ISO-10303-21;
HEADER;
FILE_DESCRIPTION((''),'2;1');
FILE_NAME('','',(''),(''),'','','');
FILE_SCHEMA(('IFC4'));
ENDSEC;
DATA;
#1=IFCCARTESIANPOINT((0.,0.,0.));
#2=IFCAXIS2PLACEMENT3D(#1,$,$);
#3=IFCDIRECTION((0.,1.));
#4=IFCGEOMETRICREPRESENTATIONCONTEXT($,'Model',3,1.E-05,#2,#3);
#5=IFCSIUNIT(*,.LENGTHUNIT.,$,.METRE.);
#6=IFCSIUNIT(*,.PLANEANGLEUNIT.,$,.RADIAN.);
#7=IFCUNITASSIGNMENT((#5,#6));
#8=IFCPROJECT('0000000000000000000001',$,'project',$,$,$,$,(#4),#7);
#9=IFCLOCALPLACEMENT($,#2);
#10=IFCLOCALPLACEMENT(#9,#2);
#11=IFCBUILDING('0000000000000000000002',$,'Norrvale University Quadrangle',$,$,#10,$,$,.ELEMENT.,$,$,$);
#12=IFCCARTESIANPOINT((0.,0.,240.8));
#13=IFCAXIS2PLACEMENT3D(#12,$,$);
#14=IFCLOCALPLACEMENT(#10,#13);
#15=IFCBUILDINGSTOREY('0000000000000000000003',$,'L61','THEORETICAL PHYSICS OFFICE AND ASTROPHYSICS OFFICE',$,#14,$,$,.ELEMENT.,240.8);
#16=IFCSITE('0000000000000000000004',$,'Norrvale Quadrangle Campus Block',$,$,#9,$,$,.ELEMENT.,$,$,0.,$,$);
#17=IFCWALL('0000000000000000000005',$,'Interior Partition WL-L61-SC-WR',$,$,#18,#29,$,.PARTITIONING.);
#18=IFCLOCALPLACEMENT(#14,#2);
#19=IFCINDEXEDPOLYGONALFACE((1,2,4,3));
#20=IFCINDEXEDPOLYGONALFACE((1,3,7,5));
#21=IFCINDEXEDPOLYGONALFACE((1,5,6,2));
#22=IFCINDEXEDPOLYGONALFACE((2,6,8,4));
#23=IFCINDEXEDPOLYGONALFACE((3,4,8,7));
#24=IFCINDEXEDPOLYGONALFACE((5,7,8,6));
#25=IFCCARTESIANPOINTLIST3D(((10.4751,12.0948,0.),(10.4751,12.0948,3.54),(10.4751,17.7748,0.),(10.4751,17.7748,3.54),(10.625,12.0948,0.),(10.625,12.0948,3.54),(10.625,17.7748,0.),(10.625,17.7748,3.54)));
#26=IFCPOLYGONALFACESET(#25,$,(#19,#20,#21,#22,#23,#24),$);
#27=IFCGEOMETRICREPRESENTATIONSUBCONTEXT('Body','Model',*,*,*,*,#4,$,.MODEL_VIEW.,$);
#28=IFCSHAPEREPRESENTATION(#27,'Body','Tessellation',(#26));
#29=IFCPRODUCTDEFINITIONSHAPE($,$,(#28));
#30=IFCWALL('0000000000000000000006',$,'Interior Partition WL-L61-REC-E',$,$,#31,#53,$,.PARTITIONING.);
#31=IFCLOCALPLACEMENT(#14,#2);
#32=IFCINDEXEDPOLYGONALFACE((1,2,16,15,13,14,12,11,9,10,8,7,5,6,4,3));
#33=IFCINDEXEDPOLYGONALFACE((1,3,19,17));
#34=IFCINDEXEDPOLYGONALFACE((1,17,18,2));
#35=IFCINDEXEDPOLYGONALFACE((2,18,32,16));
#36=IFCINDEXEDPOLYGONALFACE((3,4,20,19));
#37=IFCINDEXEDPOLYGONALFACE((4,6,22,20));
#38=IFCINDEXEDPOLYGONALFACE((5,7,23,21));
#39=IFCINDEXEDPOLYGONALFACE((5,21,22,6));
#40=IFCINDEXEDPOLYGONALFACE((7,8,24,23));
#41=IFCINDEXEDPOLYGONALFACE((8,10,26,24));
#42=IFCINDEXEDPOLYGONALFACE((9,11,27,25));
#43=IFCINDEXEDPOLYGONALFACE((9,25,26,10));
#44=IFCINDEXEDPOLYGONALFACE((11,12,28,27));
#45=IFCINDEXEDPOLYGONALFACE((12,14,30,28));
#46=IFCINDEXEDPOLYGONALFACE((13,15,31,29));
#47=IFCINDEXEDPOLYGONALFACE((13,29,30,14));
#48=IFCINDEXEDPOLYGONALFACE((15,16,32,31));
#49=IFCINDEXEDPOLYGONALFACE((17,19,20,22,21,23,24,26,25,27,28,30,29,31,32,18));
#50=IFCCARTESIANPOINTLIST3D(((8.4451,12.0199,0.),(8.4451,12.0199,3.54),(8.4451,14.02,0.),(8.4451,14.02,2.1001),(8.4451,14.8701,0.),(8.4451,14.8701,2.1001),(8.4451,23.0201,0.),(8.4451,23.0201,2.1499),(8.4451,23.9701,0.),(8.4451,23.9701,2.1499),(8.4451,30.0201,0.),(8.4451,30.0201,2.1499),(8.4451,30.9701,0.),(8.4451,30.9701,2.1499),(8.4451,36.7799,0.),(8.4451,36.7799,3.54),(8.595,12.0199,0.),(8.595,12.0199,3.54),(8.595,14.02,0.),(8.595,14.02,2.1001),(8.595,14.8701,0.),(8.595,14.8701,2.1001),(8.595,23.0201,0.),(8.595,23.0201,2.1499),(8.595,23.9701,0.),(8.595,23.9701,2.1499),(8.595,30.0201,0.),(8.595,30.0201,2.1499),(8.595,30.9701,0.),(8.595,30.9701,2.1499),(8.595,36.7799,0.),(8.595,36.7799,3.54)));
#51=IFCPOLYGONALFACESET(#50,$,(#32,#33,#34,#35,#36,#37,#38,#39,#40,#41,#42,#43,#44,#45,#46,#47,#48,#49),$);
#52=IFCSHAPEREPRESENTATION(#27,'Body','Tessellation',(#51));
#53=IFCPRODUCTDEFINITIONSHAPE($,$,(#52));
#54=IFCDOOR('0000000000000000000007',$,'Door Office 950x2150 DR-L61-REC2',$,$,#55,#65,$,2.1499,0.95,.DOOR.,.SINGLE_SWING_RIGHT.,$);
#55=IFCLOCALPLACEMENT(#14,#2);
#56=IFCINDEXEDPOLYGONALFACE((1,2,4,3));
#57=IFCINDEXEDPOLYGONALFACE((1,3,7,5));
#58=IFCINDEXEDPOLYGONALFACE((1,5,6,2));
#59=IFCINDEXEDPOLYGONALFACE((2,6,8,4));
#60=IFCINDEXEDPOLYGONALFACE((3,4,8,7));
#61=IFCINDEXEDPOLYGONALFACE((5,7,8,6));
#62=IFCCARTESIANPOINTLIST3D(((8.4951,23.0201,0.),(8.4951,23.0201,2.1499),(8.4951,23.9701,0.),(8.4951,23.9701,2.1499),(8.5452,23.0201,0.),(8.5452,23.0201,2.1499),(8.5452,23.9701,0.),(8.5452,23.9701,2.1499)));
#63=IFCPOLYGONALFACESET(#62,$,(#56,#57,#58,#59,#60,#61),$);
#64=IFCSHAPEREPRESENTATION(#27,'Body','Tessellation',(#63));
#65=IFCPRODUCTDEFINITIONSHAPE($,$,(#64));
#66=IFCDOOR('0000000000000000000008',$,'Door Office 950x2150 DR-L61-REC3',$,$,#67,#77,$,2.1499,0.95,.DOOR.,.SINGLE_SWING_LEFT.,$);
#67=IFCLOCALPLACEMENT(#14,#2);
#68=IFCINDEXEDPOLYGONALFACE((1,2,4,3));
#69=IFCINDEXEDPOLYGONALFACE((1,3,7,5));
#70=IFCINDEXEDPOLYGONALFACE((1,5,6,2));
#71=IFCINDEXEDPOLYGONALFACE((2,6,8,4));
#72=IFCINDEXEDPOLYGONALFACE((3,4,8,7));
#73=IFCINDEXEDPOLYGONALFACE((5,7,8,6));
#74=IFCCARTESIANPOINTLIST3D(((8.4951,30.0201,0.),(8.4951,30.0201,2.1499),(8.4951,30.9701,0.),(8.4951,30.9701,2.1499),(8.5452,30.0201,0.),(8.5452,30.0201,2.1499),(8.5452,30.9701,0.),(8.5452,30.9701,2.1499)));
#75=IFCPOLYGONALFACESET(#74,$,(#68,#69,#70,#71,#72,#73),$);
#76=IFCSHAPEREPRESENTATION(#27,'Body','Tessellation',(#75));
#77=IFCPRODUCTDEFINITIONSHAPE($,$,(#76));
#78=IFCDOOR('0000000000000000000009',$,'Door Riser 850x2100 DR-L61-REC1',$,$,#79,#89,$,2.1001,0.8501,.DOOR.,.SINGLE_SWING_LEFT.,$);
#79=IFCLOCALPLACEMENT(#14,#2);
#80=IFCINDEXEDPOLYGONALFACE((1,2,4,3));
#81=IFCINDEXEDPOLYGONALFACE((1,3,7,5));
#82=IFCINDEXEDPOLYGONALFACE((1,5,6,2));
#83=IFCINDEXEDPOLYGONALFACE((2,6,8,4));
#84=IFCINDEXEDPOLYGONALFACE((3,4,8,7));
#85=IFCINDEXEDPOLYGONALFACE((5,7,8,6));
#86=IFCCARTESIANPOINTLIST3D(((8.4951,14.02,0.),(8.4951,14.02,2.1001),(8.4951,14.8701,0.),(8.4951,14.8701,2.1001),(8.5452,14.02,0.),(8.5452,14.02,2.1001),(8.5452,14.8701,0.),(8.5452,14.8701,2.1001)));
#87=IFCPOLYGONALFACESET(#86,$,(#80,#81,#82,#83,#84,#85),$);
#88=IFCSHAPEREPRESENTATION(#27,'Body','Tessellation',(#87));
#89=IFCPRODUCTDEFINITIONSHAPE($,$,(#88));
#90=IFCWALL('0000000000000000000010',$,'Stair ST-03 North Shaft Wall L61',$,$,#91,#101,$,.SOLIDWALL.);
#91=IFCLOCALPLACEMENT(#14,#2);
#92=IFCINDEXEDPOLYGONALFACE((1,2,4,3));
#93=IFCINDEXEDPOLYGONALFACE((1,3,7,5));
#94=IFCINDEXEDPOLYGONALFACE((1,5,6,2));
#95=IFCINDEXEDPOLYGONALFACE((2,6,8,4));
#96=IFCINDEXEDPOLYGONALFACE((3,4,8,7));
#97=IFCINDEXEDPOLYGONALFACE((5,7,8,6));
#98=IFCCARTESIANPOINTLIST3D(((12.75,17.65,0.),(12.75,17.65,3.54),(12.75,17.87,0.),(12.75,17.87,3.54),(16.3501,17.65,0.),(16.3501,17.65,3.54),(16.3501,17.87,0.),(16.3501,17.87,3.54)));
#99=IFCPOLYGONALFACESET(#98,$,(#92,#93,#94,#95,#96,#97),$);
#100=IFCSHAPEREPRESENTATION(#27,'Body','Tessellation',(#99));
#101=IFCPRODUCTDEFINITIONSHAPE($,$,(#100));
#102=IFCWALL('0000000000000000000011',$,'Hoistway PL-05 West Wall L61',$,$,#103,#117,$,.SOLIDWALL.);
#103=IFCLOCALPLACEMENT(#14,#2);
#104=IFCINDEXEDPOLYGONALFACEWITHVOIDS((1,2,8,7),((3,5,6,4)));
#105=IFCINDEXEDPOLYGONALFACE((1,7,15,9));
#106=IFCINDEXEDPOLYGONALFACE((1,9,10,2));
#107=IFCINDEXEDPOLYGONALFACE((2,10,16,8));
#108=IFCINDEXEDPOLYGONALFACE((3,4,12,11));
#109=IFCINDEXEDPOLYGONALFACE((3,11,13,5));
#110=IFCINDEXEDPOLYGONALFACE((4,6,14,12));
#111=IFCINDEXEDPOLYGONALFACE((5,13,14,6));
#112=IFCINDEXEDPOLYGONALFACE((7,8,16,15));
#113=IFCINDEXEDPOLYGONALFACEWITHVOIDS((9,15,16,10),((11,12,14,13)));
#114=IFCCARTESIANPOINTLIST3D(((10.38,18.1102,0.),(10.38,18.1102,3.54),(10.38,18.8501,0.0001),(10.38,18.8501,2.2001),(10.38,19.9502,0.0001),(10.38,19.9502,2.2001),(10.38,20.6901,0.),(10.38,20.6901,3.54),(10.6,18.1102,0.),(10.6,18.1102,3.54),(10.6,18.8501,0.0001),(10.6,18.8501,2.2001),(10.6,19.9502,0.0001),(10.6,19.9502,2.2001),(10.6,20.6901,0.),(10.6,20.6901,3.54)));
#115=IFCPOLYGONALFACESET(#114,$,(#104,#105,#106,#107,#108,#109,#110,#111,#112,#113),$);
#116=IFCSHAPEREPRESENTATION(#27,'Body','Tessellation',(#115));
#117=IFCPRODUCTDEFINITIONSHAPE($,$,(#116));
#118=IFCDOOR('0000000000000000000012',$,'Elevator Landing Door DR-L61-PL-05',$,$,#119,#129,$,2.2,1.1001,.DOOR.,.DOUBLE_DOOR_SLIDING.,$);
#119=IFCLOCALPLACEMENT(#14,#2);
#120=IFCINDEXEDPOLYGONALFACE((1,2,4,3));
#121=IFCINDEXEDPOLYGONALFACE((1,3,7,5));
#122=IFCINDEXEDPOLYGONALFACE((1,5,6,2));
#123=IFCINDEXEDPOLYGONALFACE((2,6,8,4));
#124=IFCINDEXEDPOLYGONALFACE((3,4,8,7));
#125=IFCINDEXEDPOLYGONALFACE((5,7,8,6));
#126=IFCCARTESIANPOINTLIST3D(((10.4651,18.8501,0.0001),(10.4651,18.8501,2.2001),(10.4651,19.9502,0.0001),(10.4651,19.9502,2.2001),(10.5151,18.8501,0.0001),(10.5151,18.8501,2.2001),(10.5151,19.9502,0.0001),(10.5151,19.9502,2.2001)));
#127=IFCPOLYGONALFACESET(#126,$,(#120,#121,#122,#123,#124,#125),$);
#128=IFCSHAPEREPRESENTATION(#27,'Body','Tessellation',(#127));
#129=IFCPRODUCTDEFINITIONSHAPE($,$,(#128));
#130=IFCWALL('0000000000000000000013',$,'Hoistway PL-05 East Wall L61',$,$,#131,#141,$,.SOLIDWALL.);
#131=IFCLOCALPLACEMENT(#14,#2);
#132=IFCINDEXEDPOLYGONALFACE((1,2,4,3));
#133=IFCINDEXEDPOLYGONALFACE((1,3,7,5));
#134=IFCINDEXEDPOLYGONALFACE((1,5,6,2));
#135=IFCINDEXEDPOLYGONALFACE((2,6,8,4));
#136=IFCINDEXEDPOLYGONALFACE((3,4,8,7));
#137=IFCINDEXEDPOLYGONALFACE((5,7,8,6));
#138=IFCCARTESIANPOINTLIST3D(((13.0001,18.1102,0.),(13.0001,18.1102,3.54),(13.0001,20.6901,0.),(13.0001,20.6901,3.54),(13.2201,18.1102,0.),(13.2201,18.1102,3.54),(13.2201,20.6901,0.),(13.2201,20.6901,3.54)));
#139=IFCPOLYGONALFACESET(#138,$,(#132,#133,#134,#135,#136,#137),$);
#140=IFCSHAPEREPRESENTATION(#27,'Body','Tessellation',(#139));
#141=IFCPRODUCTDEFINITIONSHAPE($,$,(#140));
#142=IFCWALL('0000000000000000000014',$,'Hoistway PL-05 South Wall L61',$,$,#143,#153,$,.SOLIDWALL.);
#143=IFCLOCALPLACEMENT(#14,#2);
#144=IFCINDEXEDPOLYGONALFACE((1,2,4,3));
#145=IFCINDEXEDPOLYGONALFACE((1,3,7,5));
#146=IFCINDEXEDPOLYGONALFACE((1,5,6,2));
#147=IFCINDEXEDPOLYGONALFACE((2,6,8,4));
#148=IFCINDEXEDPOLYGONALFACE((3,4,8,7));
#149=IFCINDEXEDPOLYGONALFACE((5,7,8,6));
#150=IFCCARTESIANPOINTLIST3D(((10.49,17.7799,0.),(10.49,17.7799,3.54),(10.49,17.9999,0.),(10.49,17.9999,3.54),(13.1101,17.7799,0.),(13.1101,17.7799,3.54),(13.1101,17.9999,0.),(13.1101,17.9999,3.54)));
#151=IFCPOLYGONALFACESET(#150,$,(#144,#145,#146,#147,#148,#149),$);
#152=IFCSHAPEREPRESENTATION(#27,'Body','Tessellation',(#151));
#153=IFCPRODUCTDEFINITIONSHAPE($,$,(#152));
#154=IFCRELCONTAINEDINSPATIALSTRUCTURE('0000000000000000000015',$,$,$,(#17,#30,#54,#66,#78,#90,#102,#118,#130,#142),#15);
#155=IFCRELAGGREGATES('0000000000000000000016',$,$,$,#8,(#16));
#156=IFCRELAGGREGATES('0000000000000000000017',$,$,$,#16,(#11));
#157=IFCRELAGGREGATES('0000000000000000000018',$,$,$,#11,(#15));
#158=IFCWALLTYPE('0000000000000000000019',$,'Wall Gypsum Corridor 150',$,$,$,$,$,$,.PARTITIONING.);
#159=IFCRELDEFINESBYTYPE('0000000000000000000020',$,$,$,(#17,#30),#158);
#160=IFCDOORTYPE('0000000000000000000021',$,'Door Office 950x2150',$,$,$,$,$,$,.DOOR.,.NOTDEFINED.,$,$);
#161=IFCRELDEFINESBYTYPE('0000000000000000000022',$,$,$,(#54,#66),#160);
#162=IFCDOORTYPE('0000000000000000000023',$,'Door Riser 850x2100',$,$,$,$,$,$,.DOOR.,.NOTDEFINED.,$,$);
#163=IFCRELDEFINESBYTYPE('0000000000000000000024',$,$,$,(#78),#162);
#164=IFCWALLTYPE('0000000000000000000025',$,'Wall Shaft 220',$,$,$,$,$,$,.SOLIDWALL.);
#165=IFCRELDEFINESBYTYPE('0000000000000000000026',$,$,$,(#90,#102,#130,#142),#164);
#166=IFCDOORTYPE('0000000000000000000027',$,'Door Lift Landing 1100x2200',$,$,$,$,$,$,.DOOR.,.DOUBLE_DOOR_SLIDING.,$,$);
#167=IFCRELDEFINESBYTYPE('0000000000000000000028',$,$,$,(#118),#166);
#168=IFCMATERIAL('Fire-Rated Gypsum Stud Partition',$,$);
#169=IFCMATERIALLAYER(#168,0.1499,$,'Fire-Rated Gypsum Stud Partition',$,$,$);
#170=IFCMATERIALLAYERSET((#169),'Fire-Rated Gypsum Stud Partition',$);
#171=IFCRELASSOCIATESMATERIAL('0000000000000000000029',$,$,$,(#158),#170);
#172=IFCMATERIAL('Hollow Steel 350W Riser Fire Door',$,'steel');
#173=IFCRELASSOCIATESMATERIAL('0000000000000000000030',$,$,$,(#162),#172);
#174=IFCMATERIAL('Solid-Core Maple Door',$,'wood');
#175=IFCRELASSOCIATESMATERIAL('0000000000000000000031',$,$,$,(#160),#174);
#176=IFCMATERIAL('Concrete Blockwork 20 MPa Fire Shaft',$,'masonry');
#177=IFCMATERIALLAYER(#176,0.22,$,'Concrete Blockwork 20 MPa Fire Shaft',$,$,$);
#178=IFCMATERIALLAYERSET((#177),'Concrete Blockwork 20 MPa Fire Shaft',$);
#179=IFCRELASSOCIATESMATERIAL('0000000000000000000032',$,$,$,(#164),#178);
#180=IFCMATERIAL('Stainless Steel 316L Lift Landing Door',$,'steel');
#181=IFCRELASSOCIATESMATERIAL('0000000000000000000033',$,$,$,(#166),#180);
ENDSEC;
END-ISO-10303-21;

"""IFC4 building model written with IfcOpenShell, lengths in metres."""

from ifc_helpers import new_model, si_unit, direction, frame, frame_2d, origin, place, context, subcontext, project, spatial, rectangle, extrude, material, layer, layer_set, type_object, element, fill, save


model = new_model("IFC4")

# Units and contexts
model_context = context("Model", 3, precision=1e-05, world=origin(), true_north=direction((0.0, 1.0)))
body_context = subcontext(model_context, "Body", "Model", "MODEL_VIEW")
ifc_project = project(units=[si_unit("LENGTHUNIT", "METRE"), si_unit("PLANEANGLEUNIT", "RADIAN")], contexts=[model_context])

# Site, building, storey
site_placement = place(None, origin())
site = spatial("IfcSite", under=ifc_project, at=site_placement, Name="Norrvale Quadrangle Campus Block", CompositionType="ELEMENT", RefElevation=0.0)
building_placement = place(site_placement, origin())
building = spatial("IfcBuilding", under=site, at=building_placement, Name="Norrvale University Quadrangle", CompositionType="ELEMENT")
storey_placement = place(building_placement, frame((0.0, 0.0, 240.8)))
storey = spatial("IfcBuildingStorey", under=building, at=storey_placement, Name="L61", Description="THEORETICAL PHYSICS OFFICE AND ASTROPHYSICS OFFICE", CompositionType="ELEMENT", Elevation=240.8)

# Shared definitions
ifc_material_1 = material(Name="Fire-Rated Gypsum Stud Partition")
ifc_layer_1 = layer(ifc_material_1, 0.1499, Name="Fire-Rated Gypsum Stud Partition")
ifc_layer_set_1 = layer_set([ifc_layer_1], Name="Fire-Rated Gypsum Stud Partition")
wall_type_1 = type_object("IfcWallType", Name="Wall Gypsum Corridor 150", PredefinedType="PARTITIONING", material=ifc_layer_set_1)
ifc_material_2 = material(Name="Hollow Steel 350W Riser Fire Door", Category="steel")
door_type_1 = type_object("IfcDoorType", Name="Door Riser 850x2100", OperationType="NOTDEFINED", PredefinedType="DOOR", material=ifc_material_2)

# Wall
wall_1_placement = place(storey_placement, frame((10.55, 12.095, 0.0), z_axis=(0.0, 0.0, 1.0), x_axis=(0.0, 1.0, 0.0)))
element("IfcWall", 1, at=wall_1_placement, inside=storey, type_object=wall_type_1, Name="Interior Partition WL-L61-SC-WR", PredefinedType="PARTITIONING", context=body_context, shape_type="SweptSolid", body=[
    extrude(rectangle(XDim=5.6799, YDim=0.1499, at=frame_2d((2.8398, 0.0))), origin(), (0.0, 0.0, 1.0), 3.54),
])

# Wall, openings, doors
wall_2_placement = place(storey_placement, frame((8.52, 12.02, 0.0), z_axis=(0.0, 0.0, 1.0), x_axis=(0.0, 1.0, 0.0)))
wall_2 = element("IfcWall", 2, at=wall_2_placement, inside=storey, type_object=wall_type_1, Name="Interior Partition WL-L61-REC-E", PredefinedType="PARTITIONING", context=body_context, shape_type="SweptSolid", body=[
    extrude(rectangle(XDim=24.76, YDim=0.1499, at=frame_2d((12.3799, 0.0))), origin(), (0.0, 0.0, 1.0), 3.54),
])
opening_1_placement = place(wall_2_placement, frame((2.0, 0.0, 0.0)))
opening_1 = element("IfcOpeningElement", 3, at=opening_1_placement, cuts=wall_2, PredefinedType="OPENING", context=body_context, shape_type="SweptSolid", body=[
    extrude(rectangle(XDim=0.8501, YDim=2.1001, at=frame_2d((0.425, 1.05))), frame((0.0, 0.0869, 0.0), z_axis=(0.0, -1.0, 0.0), x_axis=(1.0, 0.0, 0.0)), (0.0, 0.0, 1.0), 0.1738),
])
opening_2_placement = place(wall_2_placement, frame((11.0, 0.0, 0.0)))
opening_2 = element("IfcOpeningElement", 4, at=opening_2_placement, cuts=wall_2, PredefinedType="OPENING", context=body_context, shape_type="SweptSolid", body=[
    extrude(rectangle(XDim=0.95, YDim=2.1499, at=frame_2d((0.4751, 1.075))), frame((0.0, 0.0869, 0.0), z_axis=(0.0, -1.0, 0.0), x_axis=(1.0, 0.0, 0.0)), (0.0, 0.0, 1.0), 0.1738),
])
opening_3_placement = place(wall_2_placement, frame((18.0, 0.0, 0.0)))
opening_3 = element("IfcOpeningElement", 5, at=opening_3_placement, cuts=wall_2, PredefinedType="OPENING", context=body_context, shape_type="SweptSolid", body=[
    extrude(rectangle(XDim=0.95, YDim=2.1499, at=frame_2d((0.4751, 1.075))), frame((0.0, 0.0869, 0.0), z_axis=(0.0, -1.0, 0.0), x_axis=(1.0, 0.0, 0.0)), (0.0, 0.0, 1.0), 0.1738),
])
ifc_material_3 = material(Name="Solid-Core Maple Door", Category="wood")
door_type_2 = type_object("IfcDoorType", Name="Door Office 950x2150", OperationType="NOTDEFINED", PredefinedType="DOOR", material=ifc_material_3)
door_1_placement = place(opening_2_placement, origin())
door_1 = element("IfcDoor", 6, at=door_1_placement, inside=storey, type_object=door_type_2, Name="Door Office 950x2150 DR-L61-REC2", OperationType="SINGLE_SWING_RIGHT", OverallHeight=2.1499, OverallWidth=0.95, PredefinedType="DOOR", context=body_context, shape_type="SweptSolid", body=[
    extrude(rectangle(XDim=0.95, YDim=2.1499, at=frame_2d((0.4751, 1.075))), frame((0.0, 0.0249, 0.0), z_axis=(0.0, -1.0, 0.0), x_axis=(1.0, 0.0, 0.0)), (0.0, 0.0, 1.0), 0.05),
])
fill(opening_2, door_1)
door_2_placement = place(opening_3_placement, origin())
door_2 = element("IfcDoor", 7, at=door_2_placement, inside=storey, type_object=door_type_2, Name="Door Office 950x2150 DR-L61-REC3", OperationType="SINGLE_SWING_LEFT", OverallHeight=2.1499, OverallWidth=0.95, PredefinedType="DOOR", context=body_context, shape_type="SweptSolid", body=[
    extrude(rectangle(XDim=0.95, YDim=2.1499, at=frame_2d((0.4751, 1.075))), frame((0.0, 0.0249, 0.0), z_axis=(0.0, -1.0, 0.0), x_axis=(1.0, 0.0, 0.0)), (0.0, 0.0, 1.0), 0.05),
])
fill(opening_3, door_2)
door_3_placement = place(opening_1_placement, origin())
door_3 = element("IfcDoor", 8, at=door_3_placement, inside=storey, type_object=door_type_1, Name="Door Riser 850x2100 DR-L61-REC1", OperationType="SINGLE_SWING_LEFT", OverallHeight=2.1001, OverallWidth=0.8501, PredefinedType="DOOR", context=body_context, shape_type="SweptSolid", body=[
    extrude(rectangle(XDim=0.8501, YDim=2.1001, at=frame_2d((0.425, 1.05))), frame((0.0, 0.0249, 0.0), z_axis=(0.0, -1.0, 0.0), x_axis=(1.0, 0.0, 0.0)), (0.0, 0.0, 1.0), 0.05),
])
fill(opening_1, door_3)

# Wall
ifc_material_4 = material(Name="Concrete Blockwork 20 MPa Fire Shaft", Category="masonry")
ifc_layer_2 = layer(ifc_material_4, 0.22, Name="Concrete Blockwork 20 MPa Fire Shaft")
ifc_layer_set_2 = layer_set([ifc_layer_2], Name="Concrete Blockwork 20 MPa Fire Shaft")
wall_type_2 = type_object("IfcWallType", Name="Wall Shaft 220", PredefinedType="SOLIDWALL", material=ifc_layer_set_2)
wall_3_placement = place(storey_placement, frame((12.75, 17.76, 0.0), z_axis=(0.0, 0.0, 1.0), x_axis=(1.0, 0.0, 0.0)))
element("IfcWall", 9, at=wall_3_placement, inside=storey, type_object=wall_type_2, Name="Stair ST-03 North Shaft Wall L61", PredefinedType="SOLIDWALL", context=body_context, shape_type="SweptSolid", body=[
    extrude(rectangle(XDim=3.6001, YDim=0.22, at=frame_2d((1.8, 0.0))), origin(), (0.0, 0.0, 1.0), 3.54),
])

# Wall, opening, door
wall_4_placement = place(storey_placement, frame((10.49, 18.1101, 0.0), z_axis=(0.0, 0.0, 1.0), x_axis=(0.0, 1.0, 0.0)))
wall_4 = element("IfcWall", 10, at=wall_4_placement, inside=storey, type_object=wall_type_2, Name="Hoistway PL-05 West Wall L61", PredefinedType="SOLIDWALL", context=body_context, shape_type="SweptSolid", body=[
    extrude(rectangle(XDim=2.5798, YDim=0.22, at=frame_2d((1.29, 0.0))), origin(), (0.0, 0.0, 1.0), 3.54),
])
opening_4_placement = place(wall_4_placement, frame((0.74, 0.0, 0.0)))
opening_4 = element("IfcOpeningElement", 11, at=opening_4_placement, cuts=wall_4, PredefinedType="OPENING", context=body_context, shape_type="SweptSolid", body=[
    extrude(rectangle(XDim=1.1001, YDim=2.2, at=frame_2d((0.55, 1.1001))), frame((0.0, 0.1221, 0.0), z_axis=(0.0, -1.0, 0.0), x_axis=(1.0, 0.0, 0.0)), (0.0, 0.0, 1.0), 0.2439),
])
ifc_material_5 = material(Name="Stainless Steel 316L Lift Landing Door", Category="steel")
door_type_3 = type_object("IfcDoorType", Name="Door Lift Landing 1100x2200", OperationType="DOUBLE_DOOR_SLIDING", PredefinedType="DOOR", material=ifc_material_5)
door_4_placement = place(opening_4_placement, origin())
door_4 = element("IfcDoor", 12, at=door_4_placement, inside=storey, type_object=door_type_3, Name="Elevator Landing Door DR-L61-PL-05", OperationType="DOUBLE_DOOR_SLIDING", OverallHeight=2.2, OverallWidth=1.1001, PredefinedType="DOOR", context=body_context, shape_type="SweptSolid", body=[
    extrude(rectangle(XDim=1.1001, YDim=2.2, at=frame_2d((0.55, 1.1001))), frame((0.0, 0.0249, 0.0), z_axis=(0.0, -1.0, 0.0), x_axis=(1.0, 0.0, 0.0)), (0.0, 0.0, 1.0), 0.05),
])
fill(opening_4, door_4)

# Walls
wall_5_placement = place(storey_placement, frame((13.1101, 18.1101, 0.0), z_axis=(0.0, 0.0, 1.0), x_axis=(0.0, 1.0, 0.0)))
element("IfcWall", 13, at=wall_5_placement, inside=storey, type_object=wall_type_2, Name="Hoistway PL-05 East Wall L61", PredefinedType="SOLIDWALL", context=body_context, shape_type="SweptSolid", body=[
    extrude(rectangle(XDim=2.5798, YDim=0.22, at=frame_2d((1.29, 0.0))), origin(), (0.0, 0.0, 1.0), 3.54),
])
wall_6_placement = place(storey_placement, frame((10.49, 17.8899, 0.0), z_axis=(0.0, 0.0, 1.0), x_axis=(1.0, 0.0, 0.0)))
element("IfcWall", 14, at=wall_6_placement, inside=storey, type_object=wall_type_2, Name="Hoistway PL-05 South Wall L61", PredefinedType="SOLIDWALL", context=body_context, shape_type="SweptSolid", body=[
    extrude(rectangle(XDim=2.6201, YDim=0.22, at=frame_2d((1.3101, 0.0))), origin(), (0.0, 0.0, 1.0), 3.54),
])

save(model, "model.ifc")
